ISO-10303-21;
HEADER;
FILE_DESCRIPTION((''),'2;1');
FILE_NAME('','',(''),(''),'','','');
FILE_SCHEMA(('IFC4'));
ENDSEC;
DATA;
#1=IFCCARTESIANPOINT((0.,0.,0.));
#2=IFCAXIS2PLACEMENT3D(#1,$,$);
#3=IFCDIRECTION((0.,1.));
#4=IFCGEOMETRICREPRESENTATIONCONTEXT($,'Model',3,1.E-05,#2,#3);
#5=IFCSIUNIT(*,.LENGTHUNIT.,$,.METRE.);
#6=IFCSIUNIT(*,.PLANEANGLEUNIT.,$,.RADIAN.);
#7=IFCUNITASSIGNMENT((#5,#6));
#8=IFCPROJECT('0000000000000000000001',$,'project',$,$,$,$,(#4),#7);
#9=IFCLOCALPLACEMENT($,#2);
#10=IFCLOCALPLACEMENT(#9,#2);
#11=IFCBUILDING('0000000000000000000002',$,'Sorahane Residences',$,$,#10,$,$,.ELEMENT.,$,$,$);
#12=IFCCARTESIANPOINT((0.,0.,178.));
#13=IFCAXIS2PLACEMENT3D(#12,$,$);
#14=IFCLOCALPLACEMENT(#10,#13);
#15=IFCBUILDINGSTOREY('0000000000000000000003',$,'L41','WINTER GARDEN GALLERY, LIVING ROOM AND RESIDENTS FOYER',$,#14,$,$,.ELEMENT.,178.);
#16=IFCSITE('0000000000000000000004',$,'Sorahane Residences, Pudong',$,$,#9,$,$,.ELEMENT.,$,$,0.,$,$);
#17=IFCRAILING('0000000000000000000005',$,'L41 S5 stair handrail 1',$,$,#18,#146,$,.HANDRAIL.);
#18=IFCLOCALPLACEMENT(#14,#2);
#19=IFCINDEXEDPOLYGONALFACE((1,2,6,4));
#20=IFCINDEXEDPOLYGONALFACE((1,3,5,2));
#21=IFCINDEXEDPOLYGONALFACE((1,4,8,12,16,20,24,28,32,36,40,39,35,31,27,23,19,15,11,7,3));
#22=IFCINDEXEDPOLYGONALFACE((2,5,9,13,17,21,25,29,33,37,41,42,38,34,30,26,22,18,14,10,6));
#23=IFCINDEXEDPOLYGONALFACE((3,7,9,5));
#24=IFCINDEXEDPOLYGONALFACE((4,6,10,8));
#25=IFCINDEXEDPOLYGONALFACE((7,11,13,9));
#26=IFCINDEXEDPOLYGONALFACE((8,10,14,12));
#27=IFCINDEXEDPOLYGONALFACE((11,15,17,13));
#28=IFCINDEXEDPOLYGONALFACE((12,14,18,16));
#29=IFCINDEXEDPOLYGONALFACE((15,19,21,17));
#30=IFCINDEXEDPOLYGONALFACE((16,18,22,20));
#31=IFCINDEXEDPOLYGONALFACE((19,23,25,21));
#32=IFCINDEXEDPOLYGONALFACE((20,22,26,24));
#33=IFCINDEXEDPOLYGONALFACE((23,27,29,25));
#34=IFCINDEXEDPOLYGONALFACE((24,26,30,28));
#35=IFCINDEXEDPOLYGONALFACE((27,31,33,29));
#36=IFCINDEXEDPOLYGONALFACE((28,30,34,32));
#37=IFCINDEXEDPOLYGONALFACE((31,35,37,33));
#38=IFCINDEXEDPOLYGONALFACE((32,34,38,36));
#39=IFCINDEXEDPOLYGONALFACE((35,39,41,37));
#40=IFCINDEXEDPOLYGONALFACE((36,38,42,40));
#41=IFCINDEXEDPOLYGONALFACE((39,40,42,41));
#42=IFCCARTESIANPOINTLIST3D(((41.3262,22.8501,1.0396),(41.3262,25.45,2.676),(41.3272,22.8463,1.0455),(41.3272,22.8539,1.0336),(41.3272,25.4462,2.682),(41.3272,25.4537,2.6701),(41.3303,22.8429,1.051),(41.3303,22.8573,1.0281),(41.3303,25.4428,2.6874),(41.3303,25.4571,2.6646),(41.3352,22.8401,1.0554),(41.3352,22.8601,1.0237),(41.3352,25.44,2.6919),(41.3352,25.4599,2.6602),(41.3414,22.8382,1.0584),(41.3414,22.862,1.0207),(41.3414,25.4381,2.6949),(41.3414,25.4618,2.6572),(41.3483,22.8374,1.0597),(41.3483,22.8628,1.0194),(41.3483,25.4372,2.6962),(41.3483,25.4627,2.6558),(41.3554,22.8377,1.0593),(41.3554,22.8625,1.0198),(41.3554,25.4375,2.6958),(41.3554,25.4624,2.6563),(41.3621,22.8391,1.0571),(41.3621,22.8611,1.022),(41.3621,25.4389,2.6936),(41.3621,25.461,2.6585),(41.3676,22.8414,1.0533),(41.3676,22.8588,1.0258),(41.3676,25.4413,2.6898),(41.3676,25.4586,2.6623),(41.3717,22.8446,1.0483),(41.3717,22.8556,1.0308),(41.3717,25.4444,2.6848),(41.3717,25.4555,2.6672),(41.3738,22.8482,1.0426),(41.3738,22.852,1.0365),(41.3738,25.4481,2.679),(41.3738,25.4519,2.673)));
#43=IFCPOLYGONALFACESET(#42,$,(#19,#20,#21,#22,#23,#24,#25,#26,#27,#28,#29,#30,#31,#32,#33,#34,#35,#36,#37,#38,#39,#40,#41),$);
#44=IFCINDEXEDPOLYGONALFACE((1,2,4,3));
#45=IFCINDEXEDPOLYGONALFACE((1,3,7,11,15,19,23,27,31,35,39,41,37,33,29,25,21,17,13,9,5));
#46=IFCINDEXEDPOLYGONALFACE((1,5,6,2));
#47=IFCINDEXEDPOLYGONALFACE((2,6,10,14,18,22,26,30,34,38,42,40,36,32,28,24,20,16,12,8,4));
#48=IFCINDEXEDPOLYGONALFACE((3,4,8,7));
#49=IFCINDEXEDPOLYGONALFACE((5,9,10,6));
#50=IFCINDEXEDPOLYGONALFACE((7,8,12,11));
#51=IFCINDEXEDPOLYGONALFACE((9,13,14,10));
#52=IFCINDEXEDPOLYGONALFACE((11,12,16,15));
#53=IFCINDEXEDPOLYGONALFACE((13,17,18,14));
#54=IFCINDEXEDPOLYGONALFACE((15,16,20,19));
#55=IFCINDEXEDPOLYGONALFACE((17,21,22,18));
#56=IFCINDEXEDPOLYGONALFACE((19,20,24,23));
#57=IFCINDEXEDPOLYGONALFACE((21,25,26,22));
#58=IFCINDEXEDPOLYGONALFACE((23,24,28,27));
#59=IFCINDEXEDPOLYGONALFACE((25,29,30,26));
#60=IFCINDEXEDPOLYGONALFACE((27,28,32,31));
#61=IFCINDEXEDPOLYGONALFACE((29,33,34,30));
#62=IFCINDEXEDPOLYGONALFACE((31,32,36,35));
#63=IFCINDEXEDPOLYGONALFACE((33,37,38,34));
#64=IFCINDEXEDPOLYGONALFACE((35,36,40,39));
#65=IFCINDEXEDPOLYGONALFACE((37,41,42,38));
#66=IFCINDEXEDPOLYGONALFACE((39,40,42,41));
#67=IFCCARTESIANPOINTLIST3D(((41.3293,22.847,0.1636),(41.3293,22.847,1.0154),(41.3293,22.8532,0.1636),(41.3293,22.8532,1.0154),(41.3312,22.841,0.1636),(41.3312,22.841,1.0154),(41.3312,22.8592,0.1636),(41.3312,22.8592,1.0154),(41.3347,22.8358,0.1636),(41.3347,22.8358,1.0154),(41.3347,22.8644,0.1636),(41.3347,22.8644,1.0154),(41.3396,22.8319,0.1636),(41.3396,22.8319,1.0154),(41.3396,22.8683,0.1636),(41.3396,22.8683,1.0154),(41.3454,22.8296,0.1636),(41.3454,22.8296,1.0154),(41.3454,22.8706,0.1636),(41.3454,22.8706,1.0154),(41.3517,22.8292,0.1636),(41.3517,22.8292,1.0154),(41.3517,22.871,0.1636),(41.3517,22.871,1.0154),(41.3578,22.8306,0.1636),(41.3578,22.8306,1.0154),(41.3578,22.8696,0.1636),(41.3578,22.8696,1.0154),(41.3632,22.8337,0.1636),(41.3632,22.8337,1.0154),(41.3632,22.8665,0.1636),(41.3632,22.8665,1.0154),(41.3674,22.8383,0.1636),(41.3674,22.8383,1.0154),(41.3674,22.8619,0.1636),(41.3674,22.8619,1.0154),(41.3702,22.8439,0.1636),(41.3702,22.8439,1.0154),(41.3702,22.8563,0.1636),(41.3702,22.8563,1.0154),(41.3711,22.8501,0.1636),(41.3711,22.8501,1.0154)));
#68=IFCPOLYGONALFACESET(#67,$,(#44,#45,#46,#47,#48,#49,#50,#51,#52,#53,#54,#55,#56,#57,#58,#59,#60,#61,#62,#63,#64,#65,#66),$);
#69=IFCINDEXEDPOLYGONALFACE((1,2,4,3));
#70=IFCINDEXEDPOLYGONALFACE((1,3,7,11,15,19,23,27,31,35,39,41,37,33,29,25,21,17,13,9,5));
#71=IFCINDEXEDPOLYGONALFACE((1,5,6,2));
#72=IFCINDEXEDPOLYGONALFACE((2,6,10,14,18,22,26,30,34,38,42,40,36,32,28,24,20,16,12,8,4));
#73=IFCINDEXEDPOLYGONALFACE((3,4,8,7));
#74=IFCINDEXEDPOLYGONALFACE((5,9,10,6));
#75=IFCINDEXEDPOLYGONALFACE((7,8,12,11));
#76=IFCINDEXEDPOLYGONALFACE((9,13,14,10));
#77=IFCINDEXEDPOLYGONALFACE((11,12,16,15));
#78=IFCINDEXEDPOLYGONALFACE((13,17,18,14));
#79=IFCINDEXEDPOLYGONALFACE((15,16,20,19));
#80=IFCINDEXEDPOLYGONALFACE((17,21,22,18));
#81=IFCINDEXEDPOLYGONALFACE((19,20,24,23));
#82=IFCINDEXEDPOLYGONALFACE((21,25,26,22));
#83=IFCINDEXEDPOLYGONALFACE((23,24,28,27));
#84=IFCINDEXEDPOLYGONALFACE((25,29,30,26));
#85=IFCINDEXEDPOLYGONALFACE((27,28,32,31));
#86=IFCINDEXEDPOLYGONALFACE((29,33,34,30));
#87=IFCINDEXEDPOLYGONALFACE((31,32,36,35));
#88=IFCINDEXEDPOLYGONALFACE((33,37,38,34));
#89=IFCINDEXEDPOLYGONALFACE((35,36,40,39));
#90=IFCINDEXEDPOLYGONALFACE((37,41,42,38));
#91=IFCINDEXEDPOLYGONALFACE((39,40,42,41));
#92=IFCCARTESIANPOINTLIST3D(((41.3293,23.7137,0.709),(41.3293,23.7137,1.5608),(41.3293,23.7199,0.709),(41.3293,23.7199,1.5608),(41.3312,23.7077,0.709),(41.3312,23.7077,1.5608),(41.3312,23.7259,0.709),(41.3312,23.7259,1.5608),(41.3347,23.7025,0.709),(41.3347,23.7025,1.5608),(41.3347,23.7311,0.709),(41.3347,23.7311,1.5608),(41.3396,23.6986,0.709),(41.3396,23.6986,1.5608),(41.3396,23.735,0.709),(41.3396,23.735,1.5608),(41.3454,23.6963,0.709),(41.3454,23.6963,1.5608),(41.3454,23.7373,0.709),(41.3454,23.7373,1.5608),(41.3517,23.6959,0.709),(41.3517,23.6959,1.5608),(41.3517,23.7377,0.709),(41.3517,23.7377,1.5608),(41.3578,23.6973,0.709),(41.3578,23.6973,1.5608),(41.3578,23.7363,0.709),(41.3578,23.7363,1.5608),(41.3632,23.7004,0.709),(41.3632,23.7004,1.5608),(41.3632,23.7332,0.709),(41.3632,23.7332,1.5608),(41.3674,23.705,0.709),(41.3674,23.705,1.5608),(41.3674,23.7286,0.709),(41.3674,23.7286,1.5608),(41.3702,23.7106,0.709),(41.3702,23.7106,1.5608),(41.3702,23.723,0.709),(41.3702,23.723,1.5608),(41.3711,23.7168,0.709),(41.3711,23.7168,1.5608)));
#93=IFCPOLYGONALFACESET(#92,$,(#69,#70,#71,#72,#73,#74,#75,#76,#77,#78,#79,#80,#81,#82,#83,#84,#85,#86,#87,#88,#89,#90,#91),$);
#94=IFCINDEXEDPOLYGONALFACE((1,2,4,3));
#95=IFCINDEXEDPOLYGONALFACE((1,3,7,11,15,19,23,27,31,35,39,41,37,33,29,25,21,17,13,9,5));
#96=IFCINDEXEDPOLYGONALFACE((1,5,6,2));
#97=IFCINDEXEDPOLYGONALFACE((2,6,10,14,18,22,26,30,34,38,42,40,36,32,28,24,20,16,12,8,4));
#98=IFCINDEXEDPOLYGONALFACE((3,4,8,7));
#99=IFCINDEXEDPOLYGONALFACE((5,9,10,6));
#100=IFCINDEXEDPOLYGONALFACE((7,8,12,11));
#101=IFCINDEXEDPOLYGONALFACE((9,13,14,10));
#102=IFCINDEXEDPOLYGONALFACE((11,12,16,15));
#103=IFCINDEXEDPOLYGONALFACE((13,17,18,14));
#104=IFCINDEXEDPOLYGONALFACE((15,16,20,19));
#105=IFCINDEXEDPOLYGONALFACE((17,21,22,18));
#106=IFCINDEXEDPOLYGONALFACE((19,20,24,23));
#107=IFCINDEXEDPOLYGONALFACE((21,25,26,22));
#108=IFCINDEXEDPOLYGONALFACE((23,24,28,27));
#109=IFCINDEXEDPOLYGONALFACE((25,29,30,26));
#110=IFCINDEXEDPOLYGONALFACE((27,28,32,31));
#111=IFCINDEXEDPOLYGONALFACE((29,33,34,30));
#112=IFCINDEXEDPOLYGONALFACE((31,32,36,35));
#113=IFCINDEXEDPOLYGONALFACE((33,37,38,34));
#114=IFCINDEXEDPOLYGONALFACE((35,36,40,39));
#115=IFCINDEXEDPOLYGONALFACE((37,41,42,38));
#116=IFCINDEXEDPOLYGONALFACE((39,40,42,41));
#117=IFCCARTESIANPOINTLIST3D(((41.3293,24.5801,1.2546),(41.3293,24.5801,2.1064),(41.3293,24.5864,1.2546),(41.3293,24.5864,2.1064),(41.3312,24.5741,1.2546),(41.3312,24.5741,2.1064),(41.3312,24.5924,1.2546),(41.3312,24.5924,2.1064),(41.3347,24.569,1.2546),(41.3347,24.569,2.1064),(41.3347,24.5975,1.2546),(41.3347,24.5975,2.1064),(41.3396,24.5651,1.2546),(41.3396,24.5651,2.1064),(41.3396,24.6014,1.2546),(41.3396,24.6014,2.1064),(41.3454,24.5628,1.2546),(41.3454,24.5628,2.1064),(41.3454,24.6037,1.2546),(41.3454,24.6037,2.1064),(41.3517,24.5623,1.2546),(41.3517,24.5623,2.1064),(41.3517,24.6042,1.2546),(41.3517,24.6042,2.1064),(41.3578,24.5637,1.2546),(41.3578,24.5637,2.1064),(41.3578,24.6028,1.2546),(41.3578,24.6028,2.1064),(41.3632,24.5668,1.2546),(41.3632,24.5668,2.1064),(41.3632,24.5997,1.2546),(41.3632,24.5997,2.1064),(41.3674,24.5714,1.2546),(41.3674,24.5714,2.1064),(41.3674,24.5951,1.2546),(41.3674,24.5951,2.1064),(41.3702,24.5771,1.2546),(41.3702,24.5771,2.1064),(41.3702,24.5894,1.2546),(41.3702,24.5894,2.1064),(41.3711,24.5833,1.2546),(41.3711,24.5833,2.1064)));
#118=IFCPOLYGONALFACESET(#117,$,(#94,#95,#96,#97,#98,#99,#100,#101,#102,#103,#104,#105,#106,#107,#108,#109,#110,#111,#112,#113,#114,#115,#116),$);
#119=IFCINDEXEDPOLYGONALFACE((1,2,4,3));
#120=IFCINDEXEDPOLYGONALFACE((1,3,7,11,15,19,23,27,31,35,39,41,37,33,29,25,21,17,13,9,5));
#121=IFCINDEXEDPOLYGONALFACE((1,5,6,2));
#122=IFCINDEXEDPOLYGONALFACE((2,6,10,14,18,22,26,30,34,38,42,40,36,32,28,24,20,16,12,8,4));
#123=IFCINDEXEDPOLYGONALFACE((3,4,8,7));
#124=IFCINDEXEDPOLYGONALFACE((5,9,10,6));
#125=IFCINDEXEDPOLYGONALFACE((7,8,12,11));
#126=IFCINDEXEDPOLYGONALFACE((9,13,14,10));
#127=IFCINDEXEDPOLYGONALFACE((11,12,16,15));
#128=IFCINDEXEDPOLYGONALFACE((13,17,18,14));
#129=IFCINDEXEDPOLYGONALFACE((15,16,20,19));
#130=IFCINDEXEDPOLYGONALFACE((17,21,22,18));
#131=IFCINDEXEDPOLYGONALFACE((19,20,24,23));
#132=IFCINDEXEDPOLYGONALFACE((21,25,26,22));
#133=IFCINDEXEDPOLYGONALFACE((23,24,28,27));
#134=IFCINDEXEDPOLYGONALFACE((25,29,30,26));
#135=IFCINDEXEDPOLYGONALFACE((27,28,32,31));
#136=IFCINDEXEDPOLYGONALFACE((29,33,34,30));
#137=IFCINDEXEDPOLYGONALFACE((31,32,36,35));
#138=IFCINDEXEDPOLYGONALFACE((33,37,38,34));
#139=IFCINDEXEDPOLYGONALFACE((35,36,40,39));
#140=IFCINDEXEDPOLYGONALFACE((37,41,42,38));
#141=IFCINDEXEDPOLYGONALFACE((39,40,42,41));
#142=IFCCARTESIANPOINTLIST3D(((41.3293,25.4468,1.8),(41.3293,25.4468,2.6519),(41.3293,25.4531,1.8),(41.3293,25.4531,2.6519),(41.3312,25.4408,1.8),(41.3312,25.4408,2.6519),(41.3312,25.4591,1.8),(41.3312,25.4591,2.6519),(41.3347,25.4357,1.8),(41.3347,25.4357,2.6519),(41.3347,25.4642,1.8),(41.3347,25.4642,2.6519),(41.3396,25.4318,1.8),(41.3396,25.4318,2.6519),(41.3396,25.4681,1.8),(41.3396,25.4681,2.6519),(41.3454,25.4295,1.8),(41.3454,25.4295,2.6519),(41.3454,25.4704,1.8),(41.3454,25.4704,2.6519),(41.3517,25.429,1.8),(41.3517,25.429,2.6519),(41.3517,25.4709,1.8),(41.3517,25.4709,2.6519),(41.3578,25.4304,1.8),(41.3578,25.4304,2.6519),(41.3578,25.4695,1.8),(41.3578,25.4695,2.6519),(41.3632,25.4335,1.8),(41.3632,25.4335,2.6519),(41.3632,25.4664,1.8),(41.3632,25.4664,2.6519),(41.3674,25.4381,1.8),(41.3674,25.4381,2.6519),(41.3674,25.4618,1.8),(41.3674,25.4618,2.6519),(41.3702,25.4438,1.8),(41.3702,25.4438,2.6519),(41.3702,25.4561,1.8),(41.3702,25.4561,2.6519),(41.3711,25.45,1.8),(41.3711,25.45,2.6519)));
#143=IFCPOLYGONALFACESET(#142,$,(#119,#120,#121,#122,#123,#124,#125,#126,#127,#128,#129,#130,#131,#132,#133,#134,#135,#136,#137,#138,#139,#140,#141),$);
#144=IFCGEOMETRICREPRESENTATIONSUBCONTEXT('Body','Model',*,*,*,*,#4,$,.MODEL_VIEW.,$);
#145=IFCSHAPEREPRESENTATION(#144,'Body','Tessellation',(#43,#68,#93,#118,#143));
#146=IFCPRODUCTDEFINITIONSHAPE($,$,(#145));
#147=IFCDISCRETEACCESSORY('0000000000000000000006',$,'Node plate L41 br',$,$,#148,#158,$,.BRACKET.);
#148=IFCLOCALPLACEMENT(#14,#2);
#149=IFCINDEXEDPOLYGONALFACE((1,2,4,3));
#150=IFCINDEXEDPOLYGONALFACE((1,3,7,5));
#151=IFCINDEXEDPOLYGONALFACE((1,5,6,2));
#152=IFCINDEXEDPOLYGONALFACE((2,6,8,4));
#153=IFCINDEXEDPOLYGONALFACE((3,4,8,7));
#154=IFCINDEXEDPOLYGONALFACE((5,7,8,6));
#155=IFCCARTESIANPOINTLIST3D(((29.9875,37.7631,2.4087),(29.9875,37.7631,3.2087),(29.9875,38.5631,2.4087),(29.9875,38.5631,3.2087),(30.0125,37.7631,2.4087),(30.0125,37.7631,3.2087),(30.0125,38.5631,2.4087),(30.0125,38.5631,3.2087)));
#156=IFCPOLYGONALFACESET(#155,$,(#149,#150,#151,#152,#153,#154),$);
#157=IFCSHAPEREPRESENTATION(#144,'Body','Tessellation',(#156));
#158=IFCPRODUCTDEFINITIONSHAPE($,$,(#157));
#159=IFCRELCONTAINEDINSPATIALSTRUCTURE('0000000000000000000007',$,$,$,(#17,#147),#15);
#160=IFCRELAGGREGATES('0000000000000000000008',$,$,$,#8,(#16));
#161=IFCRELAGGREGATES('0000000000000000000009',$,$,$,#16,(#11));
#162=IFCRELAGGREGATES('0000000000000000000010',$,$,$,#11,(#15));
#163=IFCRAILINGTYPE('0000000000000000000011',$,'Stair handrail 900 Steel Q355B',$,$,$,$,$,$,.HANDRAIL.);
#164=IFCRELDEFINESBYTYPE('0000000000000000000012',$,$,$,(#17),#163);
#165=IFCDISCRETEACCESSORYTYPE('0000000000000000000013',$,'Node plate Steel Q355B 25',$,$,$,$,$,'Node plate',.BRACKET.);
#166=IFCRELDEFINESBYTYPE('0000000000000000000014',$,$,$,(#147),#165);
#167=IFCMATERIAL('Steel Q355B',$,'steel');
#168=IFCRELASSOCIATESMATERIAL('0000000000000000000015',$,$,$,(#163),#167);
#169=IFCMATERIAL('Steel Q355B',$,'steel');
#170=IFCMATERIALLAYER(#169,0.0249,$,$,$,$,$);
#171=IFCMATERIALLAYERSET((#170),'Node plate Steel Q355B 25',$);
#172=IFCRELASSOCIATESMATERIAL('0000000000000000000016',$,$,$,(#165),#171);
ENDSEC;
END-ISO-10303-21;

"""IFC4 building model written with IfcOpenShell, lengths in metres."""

from ifc_helpers import new_model, si_unit, direction, frame, origin, origin_2d, place, context, subcontext, project, spatial, rectangle, circle, extrude, material, layer, layer_set, type_object, element, save


model = new_model("IFC4")

# Units and contexts
model_context = context("Model", 3, precision=1e-05, world=origin(), true_north=direction((0.0, 1.0)))
body_context = subcontext(model_context, "Body", "Model", "MODEL_VIEW")
ifc_project = project(units=[si_unit("LENGTHUNIT", "METRE"), si_unit("PLANEANGLEUNIT", "RADIAN")], contexts=[model_context])

# Site, building, storey
site_placement = place(None, origin())
site = spatial("IfcSite", under=ifc_project, at=site_placement, Name="Sorahane Residences, Pudong", CompositionType="ELEMENT", RefElevation=0.0)
building_placement = place(site_placement, origin())
building = spatial("IfcBuilding", under=site, at=building_placement, Name="Sorahane Residences", CompositionType="ELEMENT")
storey_placement = place(building_placement, frame((0.0, 0.0, 178.0)))
storey = spatial("IfcBuildingStorey", under=building, at=storey_placement, Name="L41", Description="WINTER GARDEN GALLERY, LIVING ROOM AND RESIDENTS FOYER", CompositionType="ELEMENT", Elevation=178.0)

# Railing
ifc_material_1 = material(Name="Steel Q355B", Category="steel")
railing_type_1 = type_object("IfcRailingType", Name="Stair handrail 900 Steel Q355B", PredefinedType="HANDRAIL", material=ifc_material_1)
railing_1_placement = place(storey_placement, frame((41.3501, 22.8501, 0.1636)))
element("IfcRailing", 1, at=railing_1_placement, inside=storey, type_object=railing_type_1, Name="L41 S5 stair handrail 1", PredefinedType="HANDRAIL", context=body_context, shape_type="SweptSolid", body=[
    extrude(circle(Radius=0.0239, at=origin_2d()), frame((0.0, 0.0, 0.876), z_axis=(0.0, 0.846302, 0.532704), x_axis=(-1.0, 0.0, 0.0)), (0.0, 0.0, 1.0), 3.072),
    extrude(circle(Radius=0.021, at=origin_2d()), origin(), (0.0, 0.0, 1.0), 0.8518),
    extrude(circle(Radius=0.021, at=origin_2d()), frame((0.0, 0.8667, 0.5454)), (0.0, 0.0, 1.0), 0.8518),
    extrude(circle(Radius=0.021, at=origin_2d()), frame((0.0, 1.7332, 1.0911)), (0.0, 0.0, 1.0), 0.8518),
    extrude(circle(Radius=0.021, at=origin_2d()), frame((0.0, 2.5999, 1.6365)), (0.0, 0.0, 1.0), 0.8518),
])

# Discrete accessory
ifc_material_2 = material(Name="Steel Q355B", Category="steel")
ifc_layer_1 = layer(ifc_material_2, 0.0249)
ifc_layer_set_1 = layer_set([ifc_layer_1], Name="Node plate Steel Q355B 25")
discrete_accessory_type = type_object("IfcDiscreteAccessoryType", Name="Node plate Steel Q355B 25", ElementType="Node plate", PredefinedType="BRACKET", material=ifc_layer_set_1)
discrete_accessory_placement = place(storey_placement, frame((30.0, 38.1631, 2.4087), z_axis=(0.0, 0.0, 1.0), x_axis=(0.0, 1.0, 0.0)))
element("IfcDiscreteAccessory", 2, at=discrete_accessory_placement, inside=storey, type_object=discrete_accessory_type, Name="Node plate L41 br", PredefinedType="BRACKET", context=body_context, shape_type="SweptSolid", body=[
    extrude(rectangle(XDim=0.8, YDim=0.0249, at=origin_2d()), origin(), (0.0, 0.0, 1.0), 0.8),
])

save(model, "model.ifc")
